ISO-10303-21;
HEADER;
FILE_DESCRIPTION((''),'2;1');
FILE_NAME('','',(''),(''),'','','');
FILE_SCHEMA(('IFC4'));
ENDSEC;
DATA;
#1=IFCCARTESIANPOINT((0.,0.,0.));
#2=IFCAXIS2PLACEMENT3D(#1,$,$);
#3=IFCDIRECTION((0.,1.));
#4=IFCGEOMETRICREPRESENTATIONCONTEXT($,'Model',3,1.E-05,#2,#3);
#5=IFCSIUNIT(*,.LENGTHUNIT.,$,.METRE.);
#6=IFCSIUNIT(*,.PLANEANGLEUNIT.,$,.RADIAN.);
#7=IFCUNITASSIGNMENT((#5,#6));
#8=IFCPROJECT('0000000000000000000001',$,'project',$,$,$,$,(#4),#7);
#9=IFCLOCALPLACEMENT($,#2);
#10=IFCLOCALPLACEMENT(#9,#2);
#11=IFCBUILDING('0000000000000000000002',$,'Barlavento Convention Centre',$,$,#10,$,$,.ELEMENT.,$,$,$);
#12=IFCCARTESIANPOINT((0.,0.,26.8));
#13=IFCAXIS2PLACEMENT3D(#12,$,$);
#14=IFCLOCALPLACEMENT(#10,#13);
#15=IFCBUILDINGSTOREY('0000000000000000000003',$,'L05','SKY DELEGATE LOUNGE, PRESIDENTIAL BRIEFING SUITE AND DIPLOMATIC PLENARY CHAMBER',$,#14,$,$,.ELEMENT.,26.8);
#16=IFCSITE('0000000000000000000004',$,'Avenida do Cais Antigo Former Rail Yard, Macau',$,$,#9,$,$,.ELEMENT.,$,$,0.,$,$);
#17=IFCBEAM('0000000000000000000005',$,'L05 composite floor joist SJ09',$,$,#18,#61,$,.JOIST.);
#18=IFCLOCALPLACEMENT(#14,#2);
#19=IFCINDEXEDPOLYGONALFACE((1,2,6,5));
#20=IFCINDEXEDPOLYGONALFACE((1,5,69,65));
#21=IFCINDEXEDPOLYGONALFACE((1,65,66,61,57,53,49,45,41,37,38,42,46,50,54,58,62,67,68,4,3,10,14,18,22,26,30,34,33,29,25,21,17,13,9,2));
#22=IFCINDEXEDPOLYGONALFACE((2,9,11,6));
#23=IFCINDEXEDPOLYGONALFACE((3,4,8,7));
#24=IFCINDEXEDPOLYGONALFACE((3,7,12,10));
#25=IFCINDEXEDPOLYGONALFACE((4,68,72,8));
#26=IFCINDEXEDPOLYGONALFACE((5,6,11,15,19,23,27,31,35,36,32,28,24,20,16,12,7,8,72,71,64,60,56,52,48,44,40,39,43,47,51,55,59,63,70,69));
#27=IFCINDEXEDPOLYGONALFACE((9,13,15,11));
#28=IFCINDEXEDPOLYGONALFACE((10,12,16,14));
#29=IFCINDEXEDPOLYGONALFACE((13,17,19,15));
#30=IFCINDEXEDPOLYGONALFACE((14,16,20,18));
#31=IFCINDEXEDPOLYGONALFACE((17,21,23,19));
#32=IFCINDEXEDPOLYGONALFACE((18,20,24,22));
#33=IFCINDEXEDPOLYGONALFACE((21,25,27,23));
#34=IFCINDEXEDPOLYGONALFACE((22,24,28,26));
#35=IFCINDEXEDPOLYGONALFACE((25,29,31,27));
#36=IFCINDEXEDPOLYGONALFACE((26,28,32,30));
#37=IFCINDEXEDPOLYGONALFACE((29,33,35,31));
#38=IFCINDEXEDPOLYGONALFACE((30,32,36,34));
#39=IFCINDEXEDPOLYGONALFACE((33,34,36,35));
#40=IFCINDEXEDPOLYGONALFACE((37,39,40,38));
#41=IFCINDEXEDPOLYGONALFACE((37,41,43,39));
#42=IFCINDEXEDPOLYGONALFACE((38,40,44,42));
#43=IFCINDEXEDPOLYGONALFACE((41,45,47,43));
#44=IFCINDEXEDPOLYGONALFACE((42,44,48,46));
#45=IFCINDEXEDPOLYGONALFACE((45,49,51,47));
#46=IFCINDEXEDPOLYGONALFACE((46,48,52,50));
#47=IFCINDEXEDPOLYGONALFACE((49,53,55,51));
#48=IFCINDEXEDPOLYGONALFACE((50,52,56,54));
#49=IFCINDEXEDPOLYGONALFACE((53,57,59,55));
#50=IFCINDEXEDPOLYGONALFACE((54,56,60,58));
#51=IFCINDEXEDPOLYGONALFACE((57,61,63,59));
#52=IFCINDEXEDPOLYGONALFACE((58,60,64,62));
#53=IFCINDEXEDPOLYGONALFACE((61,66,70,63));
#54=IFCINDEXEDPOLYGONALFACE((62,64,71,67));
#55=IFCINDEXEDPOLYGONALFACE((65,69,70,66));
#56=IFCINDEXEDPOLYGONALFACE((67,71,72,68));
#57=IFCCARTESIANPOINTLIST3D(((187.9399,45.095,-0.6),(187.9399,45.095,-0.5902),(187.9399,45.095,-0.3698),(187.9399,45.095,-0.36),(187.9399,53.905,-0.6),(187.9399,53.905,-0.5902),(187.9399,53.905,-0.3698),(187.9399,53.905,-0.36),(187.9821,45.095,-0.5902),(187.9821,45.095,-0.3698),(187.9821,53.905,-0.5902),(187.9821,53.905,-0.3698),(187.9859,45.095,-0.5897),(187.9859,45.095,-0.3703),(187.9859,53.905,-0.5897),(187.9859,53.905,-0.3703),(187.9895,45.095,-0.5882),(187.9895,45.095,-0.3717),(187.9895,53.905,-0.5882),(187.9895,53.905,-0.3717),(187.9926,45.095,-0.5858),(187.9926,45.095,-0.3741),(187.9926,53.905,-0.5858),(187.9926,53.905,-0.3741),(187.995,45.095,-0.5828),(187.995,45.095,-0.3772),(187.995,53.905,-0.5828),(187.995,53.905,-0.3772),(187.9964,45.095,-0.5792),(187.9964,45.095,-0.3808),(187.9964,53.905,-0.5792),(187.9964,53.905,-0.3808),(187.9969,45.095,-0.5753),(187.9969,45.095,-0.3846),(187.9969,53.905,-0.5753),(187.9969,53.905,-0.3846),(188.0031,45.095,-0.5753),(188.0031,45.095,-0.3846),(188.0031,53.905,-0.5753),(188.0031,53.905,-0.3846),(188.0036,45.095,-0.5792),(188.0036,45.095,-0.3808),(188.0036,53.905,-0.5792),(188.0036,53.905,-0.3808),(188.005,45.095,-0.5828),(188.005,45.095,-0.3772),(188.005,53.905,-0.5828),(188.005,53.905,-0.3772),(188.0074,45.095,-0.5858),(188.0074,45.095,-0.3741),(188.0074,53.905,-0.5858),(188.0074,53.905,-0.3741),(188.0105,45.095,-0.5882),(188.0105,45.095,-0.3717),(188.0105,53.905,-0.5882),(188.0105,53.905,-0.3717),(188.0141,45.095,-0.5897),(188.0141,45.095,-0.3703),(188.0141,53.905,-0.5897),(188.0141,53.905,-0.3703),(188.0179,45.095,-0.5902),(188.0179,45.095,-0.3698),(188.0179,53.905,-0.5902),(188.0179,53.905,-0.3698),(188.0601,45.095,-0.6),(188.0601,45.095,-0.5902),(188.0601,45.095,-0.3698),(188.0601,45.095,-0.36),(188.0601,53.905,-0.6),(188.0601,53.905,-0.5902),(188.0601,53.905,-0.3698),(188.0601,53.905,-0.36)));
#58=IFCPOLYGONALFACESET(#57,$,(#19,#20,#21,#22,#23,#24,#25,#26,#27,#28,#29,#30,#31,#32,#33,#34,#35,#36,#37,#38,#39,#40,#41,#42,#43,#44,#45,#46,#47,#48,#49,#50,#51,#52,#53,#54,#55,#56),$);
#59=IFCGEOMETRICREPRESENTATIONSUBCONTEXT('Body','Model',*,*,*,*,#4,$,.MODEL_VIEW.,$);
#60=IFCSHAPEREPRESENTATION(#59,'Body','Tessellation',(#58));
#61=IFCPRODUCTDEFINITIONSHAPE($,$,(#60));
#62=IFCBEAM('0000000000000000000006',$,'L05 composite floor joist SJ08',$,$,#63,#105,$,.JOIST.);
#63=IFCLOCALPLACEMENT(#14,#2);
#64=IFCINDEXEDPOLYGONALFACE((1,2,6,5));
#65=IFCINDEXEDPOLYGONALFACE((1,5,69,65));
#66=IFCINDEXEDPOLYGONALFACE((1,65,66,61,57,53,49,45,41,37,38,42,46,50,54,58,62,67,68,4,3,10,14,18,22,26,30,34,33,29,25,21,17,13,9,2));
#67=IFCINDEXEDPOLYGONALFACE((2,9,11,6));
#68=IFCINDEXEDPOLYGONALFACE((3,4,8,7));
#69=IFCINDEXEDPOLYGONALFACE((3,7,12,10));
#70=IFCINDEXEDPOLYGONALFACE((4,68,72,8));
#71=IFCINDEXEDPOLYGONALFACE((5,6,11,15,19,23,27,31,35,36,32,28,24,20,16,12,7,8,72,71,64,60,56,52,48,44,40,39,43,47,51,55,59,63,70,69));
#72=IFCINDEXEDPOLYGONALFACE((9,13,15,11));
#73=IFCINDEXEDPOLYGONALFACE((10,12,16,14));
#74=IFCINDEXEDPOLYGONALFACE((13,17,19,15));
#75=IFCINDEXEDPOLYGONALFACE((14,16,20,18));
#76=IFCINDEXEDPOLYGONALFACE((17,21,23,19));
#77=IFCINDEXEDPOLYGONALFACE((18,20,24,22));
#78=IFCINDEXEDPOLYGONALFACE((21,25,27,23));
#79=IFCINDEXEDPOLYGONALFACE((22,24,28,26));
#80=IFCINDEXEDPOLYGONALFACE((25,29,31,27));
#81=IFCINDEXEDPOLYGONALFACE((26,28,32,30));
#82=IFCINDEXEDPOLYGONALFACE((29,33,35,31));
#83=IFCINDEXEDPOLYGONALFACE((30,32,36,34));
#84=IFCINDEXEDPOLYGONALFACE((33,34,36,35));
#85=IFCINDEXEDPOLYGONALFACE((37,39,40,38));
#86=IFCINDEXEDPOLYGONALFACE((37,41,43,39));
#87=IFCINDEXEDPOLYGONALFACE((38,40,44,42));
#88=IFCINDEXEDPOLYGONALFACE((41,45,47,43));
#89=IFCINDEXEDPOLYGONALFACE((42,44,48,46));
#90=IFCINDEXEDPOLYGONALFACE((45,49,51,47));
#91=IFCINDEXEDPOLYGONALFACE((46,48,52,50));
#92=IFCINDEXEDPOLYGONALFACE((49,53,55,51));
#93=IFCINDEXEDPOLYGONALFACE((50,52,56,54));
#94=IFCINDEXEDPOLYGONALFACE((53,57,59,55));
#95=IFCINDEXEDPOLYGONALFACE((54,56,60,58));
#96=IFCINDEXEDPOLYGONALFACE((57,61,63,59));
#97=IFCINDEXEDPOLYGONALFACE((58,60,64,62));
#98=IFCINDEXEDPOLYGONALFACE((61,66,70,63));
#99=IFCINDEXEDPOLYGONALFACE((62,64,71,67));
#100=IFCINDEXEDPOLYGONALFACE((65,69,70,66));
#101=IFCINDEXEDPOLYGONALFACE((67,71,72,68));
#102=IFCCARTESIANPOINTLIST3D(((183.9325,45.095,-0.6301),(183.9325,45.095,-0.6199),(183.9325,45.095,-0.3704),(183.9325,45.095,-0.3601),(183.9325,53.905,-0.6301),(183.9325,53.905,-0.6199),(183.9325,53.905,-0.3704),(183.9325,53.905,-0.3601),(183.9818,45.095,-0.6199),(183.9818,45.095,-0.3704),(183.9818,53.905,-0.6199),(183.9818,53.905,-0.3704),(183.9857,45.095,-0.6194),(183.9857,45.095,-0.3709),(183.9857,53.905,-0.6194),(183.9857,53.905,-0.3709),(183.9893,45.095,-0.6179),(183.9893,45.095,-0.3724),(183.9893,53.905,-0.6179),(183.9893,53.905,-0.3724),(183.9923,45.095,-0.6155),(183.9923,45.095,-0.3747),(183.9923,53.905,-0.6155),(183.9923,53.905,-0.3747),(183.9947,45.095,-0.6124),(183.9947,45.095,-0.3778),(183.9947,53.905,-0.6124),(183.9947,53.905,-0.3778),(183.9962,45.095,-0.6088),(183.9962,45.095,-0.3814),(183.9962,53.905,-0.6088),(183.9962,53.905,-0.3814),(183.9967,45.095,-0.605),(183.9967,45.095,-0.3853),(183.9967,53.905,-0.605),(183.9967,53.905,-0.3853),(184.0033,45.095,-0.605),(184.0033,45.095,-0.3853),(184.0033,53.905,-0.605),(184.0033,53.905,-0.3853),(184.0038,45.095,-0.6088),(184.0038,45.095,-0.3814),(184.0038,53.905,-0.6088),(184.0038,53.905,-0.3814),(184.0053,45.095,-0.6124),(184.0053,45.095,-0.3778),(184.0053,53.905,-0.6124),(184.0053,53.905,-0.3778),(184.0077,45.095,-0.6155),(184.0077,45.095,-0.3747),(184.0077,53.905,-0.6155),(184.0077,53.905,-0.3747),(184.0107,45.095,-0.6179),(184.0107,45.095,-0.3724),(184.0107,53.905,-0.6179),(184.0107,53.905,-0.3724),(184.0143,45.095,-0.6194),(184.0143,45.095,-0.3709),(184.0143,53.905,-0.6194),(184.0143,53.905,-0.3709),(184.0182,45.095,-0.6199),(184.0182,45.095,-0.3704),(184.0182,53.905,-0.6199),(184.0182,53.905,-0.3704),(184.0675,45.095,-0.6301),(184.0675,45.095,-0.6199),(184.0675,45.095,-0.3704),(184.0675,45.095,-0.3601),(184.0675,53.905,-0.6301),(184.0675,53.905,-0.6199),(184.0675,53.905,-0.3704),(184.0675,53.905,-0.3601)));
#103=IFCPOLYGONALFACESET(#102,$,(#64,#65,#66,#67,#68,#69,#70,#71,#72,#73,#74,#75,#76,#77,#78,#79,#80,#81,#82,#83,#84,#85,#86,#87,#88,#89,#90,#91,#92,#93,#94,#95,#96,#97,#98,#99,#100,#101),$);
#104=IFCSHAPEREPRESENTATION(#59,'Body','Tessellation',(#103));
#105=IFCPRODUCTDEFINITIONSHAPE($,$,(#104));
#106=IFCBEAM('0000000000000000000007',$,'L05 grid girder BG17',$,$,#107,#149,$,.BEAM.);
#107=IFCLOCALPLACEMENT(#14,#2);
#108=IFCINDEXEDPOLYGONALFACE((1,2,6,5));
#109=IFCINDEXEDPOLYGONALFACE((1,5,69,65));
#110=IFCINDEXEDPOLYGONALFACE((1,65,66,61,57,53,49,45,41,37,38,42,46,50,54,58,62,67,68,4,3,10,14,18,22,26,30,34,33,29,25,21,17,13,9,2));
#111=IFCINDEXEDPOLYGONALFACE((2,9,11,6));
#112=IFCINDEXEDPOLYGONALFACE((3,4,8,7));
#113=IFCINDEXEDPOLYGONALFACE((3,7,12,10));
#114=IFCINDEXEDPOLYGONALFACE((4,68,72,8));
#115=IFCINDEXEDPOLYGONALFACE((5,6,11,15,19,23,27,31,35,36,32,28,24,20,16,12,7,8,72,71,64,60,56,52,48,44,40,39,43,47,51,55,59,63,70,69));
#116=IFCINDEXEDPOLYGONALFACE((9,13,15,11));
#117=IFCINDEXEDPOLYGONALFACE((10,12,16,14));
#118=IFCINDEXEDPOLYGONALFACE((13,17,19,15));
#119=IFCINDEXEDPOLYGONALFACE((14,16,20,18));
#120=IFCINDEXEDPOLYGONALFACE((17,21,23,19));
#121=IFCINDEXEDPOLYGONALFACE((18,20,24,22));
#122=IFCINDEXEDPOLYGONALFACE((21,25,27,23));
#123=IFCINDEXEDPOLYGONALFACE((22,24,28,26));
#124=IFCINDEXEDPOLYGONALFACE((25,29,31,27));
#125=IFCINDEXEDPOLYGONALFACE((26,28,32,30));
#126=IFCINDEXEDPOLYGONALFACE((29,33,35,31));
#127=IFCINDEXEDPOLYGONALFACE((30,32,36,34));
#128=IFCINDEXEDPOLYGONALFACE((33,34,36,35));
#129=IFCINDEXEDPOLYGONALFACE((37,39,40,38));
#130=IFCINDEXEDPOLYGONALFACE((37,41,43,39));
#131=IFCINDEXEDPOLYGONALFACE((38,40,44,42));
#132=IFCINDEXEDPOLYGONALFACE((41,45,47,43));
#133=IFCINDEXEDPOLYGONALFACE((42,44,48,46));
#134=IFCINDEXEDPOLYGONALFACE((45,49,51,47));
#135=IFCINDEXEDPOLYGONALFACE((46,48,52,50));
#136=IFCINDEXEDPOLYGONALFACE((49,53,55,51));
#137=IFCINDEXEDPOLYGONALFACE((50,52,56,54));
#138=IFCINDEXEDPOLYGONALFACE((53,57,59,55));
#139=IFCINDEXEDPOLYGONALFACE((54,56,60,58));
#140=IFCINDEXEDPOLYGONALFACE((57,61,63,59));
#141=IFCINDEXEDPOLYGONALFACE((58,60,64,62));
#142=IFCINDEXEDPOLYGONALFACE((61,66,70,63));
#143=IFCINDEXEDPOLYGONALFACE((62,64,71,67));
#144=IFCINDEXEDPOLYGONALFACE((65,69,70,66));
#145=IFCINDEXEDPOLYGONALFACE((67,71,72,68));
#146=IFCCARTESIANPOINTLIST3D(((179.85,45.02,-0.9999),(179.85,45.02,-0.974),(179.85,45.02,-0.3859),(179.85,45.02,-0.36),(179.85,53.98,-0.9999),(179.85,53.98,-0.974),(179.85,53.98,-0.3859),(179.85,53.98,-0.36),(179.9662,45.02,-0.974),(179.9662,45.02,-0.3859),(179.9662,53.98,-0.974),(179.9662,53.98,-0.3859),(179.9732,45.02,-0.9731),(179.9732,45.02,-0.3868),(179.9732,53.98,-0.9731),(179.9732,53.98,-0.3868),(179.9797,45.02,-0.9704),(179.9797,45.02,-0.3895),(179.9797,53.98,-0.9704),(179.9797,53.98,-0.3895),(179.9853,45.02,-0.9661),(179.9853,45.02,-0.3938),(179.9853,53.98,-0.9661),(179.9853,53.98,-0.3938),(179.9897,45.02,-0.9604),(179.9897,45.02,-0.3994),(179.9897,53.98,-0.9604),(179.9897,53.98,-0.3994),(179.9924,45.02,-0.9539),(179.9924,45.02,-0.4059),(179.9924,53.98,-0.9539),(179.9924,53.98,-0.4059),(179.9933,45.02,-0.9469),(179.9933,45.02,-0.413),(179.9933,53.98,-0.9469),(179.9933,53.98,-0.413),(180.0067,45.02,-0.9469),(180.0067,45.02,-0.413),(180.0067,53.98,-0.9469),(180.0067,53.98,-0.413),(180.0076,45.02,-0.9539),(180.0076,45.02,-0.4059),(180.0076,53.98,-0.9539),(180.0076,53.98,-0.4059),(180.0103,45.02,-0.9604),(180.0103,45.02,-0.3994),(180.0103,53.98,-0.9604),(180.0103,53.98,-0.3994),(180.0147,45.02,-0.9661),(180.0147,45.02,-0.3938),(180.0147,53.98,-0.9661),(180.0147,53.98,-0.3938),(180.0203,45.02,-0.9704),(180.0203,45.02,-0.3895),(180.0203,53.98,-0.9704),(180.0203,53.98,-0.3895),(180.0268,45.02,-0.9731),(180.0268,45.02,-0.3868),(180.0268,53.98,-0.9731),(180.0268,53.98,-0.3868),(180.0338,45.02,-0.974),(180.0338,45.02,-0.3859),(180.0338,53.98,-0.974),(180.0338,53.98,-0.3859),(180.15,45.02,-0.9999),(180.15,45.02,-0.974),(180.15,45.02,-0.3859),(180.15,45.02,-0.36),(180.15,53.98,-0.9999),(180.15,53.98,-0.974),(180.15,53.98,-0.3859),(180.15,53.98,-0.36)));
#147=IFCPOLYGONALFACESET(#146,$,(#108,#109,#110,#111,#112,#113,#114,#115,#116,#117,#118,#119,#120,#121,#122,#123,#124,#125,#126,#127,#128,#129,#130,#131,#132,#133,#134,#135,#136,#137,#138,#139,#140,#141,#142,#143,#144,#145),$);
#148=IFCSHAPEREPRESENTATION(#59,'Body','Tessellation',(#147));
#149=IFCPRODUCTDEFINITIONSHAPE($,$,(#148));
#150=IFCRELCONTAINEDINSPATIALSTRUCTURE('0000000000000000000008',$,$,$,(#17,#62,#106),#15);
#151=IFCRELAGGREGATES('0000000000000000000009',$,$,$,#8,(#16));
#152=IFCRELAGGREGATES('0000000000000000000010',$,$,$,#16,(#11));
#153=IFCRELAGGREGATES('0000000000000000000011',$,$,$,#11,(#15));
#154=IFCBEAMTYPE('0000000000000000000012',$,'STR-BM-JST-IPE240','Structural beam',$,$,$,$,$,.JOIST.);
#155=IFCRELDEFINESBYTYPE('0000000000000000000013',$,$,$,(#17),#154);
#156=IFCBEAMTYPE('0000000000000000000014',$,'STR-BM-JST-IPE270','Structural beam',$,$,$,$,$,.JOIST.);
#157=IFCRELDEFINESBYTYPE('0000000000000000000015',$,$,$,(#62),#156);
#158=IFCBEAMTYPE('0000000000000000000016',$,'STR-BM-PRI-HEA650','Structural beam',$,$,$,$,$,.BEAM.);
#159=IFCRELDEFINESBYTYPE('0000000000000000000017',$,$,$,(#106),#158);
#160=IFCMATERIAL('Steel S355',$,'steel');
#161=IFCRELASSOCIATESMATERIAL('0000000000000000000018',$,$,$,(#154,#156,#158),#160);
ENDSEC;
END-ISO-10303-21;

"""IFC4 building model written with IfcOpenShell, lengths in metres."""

from ifc_helpers import new_model, si_unit, direction, frame, origin, origin_2d, place, context, subcontext, project, spatial, i_section, extrude, material, material_profile, profile_set, type_object, element, save


model = new_model("IFC4")

# Units and contexts
model_context = context("Model", 3, precision=1e-05, world=origin(), true_north=direction((0.0, 1.0)))
body_context = subcontext(model_context, "Body", "Model", "MODEL_VIEW")
ifc_project = project(units=[si_unit("LENGTHUNIT", "METRE"), si_unit("PLANEANGLEUNIT", "RADIAN")], contexts=[model_context])

# Site, building, storey
site_placement = place(None, origin())
site = spatial("IfcSite", under=ifc_project, at=site_placement, Name="Avenida do Cais Antigo Former Rail Yard, Macau", CompositionType="ELEMENT", RefElevation=0.0)
building_placement = place(site_placement, origin())
building = spatial("IfcBuilding", under=site, at=building_placement, Name="Barlavento Convention Centre", CompositionType="ELEMENT")
storey_placement = place(building_placement, frame((0.0, 0.0, 26.8)))
storey = spatial("IfcBuildingStorey", under=building, at=storey_placement, Name="L05", Description="SKY DELEGATE LOUNGE, PRESIDENTIAL BRIEFING SUITE AND DIPLOMATIC PLENARY CHAMBER", CompositionType="ELEMENT", Elevation=26.8)

# Shared definitions
ifc_material_1 = material(Name="Steel S355", Category="steel")

# Beams
ifc_material_profile_1 = material_profile(ifc_material_1, i_section(OverallWidth=0.1201, OverallDepth=0.24, WebThickness=0.0061, FlangeThickness=0.0098, FilletRadius=0.0149, at=origin_2d()), Name="IPE 240")
ifc_profile_set_1 = profile_set([ifc_material_profile_1], Name="Steel S355")
beam_type_1 = type_object("IfcBeamType", Name="STR-BM-JST-IPE240", Description="Structural beam", PredefinedType="JOIST", material=ifc_profile_set_1)
beam_1_placement = place(storey_placement, frame((188.0, 45.095, -0.48), z_axis=(0.0, 1.0, 0.0), x_axis=(-1.0, 0.0, 0.0)))
element("IfcBeam", 1, at=beam_1_placement, inside=storey, type_object=beam_type_1, Name="L05 composite floor joist SJ09", PredefinedType="JOIST", context=body_context, shape_type="SweptSolid", body=[
    extrude(i_section(OverallWidth=0.1201, OverallDepth=0.24, WebThickness=0.0061, FlangeThickness=0.0098, FilletRadius=0.0149, at=origin_2d()), origin(), (0.0, 0.0, 1.0), 8.8101),
])
ifc_material_profile_2 = material_profile(ifc_material_1, i_section(OverallWidth=0.135, OverallDepth=0.27, WebThickness=0.0066, FlangeThickness=0.0103, FilletRadius=0.0149, at=origin_2d()), Name="IPE 270")
ifc_profile_set_2 = profile_set([ifc_material_profile_2], Name="Steel S355")
beam_type_2 = type_object("IfcBeamType", Name="STR-BM-JST-IPE270", Description="Structural beam", PredefinedType="JOIST", material=ifc_profile_set_2)
beam_2_placement = place(storey_placement, frame((184.0, 45.095, -0.4951), z_axis=(0.0, 1.0, 0.0), x_axis=(-1.0, 0.0, 0.0)))
element("IfcBeam", 2, at=beam_2_placement, inside=storey, type_object=beam_type_2, Name="L05 composite floor joist SJ08", PredefinedType="JOIST", context=body_context, shape_type="SweptSolid", body=[
    extrude(i_section(OverallWidth=0.135, OverallDepth=0.27, WebThickness=0.0066, FlangeThickness=0.0103, FilletRadius=0.0149, at=origin_2d()), origin(), (0.0, 0.0, 1.0), 8.8101),
])
ifc_material_profile_3 = material_profile(ifc_material_1, i_section(OverallWidth=0.3, OverallDepth=0.6399, WebThickness=0.0134, FlangeThickness=0.0259, FilletRadius=0.0271, at=origin_2d()), Name="HEA 650")
ifc_profile_set_3 = profile_set([ifc_material_profile_3], Name="Steel S355")
beam_type_3 = type_object("IfcBeamType", Name="STR-BM-PRI-HEA650", Description="Structural beam", PredefinedType="BEAM", material=ifc_profile_set_3)
beam_3_placement = place(storey_placement, frame((180.0, 45.02, -0.6799), z_axis=(0.0, 1.0, 0.0), x_axis=(-1.0, 0.0, 0.0)))
element("IfcBeam", 3, at=beam_3_placement, inside=storey, type_object=beam_type_3, Name="L05 grid girder BG17", PredefinedType="BEAM", context=body_context, shape_type="SweptSolid", body=[
    extrude(i_section(OverallWidth=0.3, OverallDepth=0.6399, WebThickness=0.0134, FlangeThickness=0.0259, FilletRadius=0.0271, at=origin_2d()), origin(), (0.0, 0.0, 1.0), 8.96),
])

save(model, "model.ifc")
